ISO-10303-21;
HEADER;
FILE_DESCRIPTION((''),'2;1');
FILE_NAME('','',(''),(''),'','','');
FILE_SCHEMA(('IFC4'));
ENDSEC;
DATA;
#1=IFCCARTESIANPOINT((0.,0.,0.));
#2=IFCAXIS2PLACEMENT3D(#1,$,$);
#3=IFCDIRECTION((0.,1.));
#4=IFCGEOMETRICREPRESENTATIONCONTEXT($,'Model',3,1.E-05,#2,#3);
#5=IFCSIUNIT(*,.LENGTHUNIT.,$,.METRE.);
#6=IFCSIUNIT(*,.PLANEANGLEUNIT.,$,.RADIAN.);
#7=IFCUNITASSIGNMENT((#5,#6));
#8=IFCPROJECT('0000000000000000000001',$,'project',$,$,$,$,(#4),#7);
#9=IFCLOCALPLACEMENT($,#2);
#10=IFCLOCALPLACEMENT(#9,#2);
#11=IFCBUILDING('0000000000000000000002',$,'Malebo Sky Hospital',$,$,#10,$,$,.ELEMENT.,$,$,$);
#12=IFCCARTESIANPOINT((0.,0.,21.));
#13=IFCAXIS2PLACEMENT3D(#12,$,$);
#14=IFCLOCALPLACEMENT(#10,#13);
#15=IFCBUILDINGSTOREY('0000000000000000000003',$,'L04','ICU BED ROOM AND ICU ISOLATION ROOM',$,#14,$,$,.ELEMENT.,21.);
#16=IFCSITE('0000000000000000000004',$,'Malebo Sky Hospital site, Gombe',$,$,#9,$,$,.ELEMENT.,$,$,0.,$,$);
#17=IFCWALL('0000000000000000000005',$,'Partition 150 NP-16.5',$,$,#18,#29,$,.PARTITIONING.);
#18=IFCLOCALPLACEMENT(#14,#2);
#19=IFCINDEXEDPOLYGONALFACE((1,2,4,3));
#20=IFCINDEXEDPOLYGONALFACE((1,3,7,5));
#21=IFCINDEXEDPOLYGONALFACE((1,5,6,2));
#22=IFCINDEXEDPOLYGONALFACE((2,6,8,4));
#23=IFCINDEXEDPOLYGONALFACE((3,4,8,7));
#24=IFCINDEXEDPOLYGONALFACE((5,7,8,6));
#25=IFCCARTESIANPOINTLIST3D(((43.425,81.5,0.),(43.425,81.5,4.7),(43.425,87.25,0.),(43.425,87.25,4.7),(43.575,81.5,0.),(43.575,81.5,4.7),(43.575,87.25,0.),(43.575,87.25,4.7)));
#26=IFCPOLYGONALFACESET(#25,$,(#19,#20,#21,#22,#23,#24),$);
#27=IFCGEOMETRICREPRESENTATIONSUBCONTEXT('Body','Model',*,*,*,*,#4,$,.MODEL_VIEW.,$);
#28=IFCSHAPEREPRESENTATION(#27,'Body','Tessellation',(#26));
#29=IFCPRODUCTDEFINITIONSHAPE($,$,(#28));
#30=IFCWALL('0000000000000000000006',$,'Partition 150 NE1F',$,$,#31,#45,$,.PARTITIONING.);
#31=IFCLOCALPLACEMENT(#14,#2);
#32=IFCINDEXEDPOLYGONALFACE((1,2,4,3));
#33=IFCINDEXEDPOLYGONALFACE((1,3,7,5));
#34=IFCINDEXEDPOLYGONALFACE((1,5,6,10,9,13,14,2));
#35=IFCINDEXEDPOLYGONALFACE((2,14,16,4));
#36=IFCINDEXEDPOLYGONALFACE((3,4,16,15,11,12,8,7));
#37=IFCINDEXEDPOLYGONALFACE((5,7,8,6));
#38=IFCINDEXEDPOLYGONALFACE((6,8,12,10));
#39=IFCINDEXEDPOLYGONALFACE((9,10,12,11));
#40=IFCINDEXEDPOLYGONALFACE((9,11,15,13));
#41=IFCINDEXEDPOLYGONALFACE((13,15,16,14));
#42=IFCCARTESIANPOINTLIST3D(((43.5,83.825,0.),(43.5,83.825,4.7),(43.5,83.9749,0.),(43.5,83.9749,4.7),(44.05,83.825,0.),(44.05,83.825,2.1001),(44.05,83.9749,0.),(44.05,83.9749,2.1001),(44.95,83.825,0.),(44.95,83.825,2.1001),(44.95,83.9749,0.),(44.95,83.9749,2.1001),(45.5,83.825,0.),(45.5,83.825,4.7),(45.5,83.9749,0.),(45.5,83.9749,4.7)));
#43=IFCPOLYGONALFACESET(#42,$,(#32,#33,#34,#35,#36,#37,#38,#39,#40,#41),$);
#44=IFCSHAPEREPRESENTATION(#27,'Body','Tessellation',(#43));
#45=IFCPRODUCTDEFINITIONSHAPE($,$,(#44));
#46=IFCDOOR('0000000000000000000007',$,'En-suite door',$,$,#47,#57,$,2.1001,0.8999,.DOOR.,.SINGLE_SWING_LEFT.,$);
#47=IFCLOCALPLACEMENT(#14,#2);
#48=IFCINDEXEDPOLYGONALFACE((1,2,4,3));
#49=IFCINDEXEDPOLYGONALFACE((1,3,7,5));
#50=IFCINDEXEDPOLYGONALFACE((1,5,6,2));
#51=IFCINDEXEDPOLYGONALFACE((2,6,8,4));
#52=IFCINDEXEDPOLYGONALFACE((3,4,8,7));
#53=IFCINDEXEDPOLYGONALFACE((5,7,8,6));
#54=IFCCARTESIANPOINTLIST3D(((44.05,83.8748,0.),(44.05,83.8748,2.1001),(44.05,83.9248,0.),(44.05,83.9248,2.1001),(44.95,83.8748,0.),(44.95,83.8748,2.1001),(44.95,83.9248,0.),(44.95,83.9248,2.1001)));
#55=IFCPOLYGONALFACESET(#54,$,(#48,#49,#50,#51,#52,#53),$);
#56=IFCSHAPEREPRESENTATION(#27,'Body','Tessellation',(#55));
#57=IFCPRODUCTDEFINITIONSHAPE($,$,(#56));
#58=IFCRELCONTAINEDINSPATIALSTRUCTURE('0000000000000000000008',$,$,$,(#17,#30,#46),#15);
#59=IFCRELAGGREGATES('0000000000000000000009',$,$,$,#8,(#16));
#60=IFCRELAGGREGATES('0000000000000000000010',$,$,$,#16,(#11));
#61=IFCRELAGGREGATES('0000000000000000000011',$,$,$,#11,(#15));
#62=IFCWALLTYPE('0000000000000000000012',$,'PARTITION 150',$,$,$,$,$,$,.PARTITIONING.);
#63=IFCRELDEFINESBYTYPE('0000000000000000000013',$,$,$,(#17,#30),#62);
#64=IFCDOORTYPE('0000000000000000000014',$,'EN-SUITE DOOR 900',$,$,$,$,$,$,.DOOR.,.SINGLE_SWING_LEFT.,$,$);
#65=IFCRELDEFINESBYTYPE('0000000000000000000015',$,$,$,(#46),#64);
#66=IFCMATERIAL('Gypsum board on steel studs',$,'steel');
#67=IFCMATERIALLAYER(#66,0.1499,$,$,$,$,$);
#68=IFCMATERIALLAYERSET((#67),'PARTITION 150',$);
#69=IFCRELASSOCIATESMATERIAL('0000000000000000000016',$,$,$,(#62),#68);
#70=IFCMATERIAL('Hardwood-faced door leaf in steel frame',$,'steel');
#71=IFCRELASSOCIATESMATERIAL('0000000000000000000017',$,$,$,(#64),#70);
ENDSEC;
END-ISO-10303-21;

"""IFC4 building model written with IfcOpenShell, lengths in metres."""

from ifc_helpers import new_model, si_unit, direction, frame, frame_2d, origin, place, context, subcontext, project, spatial, rectangle, extrude, material, layer, layer_set, type_object, element, fill, save


model = new_model("IFC4")

# Units and contexts
model_context = context("Model", 3, precision=1e-05, world=origin(), true_north=direction((0.0, 1.0)))
body_context = subcontext(model_context, "Body", "Model", "MODEL_VIEW")
ifc_project = project(units=[si_unit("LENGTHUNIT", "METRE"), si_unit("PLANEANGLEUNIT", "RADIAN")], contexts=[model_context])

# Site, building, storey
site_placement = place(None, origin())
site = spatial("IfcSite", under=ifc_project, at=site_placement, Name="Malebo Sky Hospital site, Gombe", CompositionType="ELEMENT", RefElevation=0.0)
building_placement = place(site_placement, origin())
building = spatial("IfcBuilding", under=site, at=building_placement, Name="Malebo Sky Hospital", CompositionType="ELEMENT")
storey_placement = place(building_placement, frame((0.0, 0.0, 21.0)))
storey = spatial("IfcBuildingStorey", under=building, at=storey_placement, Name="L04", Description="ICU BED ROOM AND ICU ISOLATION ROOM", CompositionType="ELEMENT", Elevation=21.0)

# Wall
ifc_material_1 = material(Name="Gypsum board on steel studs", Category="steel")
ifc_layer_1 = layer(ifc_material_1, 0.1499)
ifc_layer_set_1 = layer_set([ifc_layer_1], Name="PARTITION 150")
wall_type = type_object("IfcWallType", Name="PARTITION 150", PredefinedType="PARTITIONING", material=ifc_layer_set_1)
wall_1_placement = place(storey_placement, frame((43.5, 81.5, 0.0), z_axis=(0.0, 0.0, 1.0), x_axis=(0.0, 1.0, 0.0)))
element("IfcWall", 1, at=wall_1_placement, inside=storey, type_object=wall_type, Name="Partition 150 NP-16.5", PredefinedType="PARTITIONING", context=body_context, shape_type="SweptSolid", body=[
    extrude(rectangle(XDim=5.75, YDim=0.1499, at=frame_2d((2.875, 0.0))), origin(), (0.0, 0.0, 1.0), 4.7),
])

# Wall, opening, door
wall_2_placement = place(storey_placement, frame((43.5, 83.8999, 0.0), z_axis=(0.0, 0.0, 1.0), x_axis=(1.0, 0.0, 0.0)))
wall_2 = element("IfcWall", 2, at=wall_2_placement, inside=storey, type_object=wall_type, Name="Partition 150 NE1F", PredefinedType="PARTITIONING", context=body_context, shape_type="SweptSolid", body=[
    extrude(rectangle(XDim=2.0, YDim=0.1499, at=frame_2d((1.0, 0.0))), origin(), (0.0, 0.0, 1.0), 4.7),
])
opening_placement = place(wall_2_placement, frame((0.55, 0.0, 0.0)))
opening = element("IfcOpeningElement", 3, at=opening_placement, cuts=wall_2, PredefinedType="OPENING", context=body_context, shape_type="SweptSolid", body=[
    extrude(rectangle(XDim=0.8999, YDim=2.1001, at=frame_2d((0.45, 1.05))), frame((0.0, 0.085, 0.0), z_axis=(0.0, -1.0, 0.0), x_axis=(1.0, 0.0, 0.0)), (0.0, 0.0, 1.0), 0.1699),
])
ifc_material_2 = material(Name="Hardwood-faced door leaf in steel frame", Category="steel")
door_type = type_object("IfcDoorType", Name="EN-SUITE DOOR 900", OperationType="SINGLE_SWING_LEFT", PredefinedType="DOOR", material=ifc_material_2)
door_placement = place(opening_placement, origin())
door = element("IfcDoor", 4, at=door_placement, inside=storey, type_object=door_type, Name="En-suite door", OperationType="SINGLE_SWING_LEFT", OverallHeight=2.1001, OverallWidth=0.8999, PredefinedType="DOOR", context=body_context, shape_type="SweptSolid", body=[
    extrude(rectangle(XDim=0.8999, YDim=2.1001, at=frame_2d((0.45, 1.05))), frame((0.0, 0.0249, 0.0), z_axis=(0.0, -1.0, 0.0), x_axis=(1.0, 0.0, 0.0)), (0.0, 0.0, 1.0), 0.05),
])
fill(opening, door)

save(model, "model.ifc")
